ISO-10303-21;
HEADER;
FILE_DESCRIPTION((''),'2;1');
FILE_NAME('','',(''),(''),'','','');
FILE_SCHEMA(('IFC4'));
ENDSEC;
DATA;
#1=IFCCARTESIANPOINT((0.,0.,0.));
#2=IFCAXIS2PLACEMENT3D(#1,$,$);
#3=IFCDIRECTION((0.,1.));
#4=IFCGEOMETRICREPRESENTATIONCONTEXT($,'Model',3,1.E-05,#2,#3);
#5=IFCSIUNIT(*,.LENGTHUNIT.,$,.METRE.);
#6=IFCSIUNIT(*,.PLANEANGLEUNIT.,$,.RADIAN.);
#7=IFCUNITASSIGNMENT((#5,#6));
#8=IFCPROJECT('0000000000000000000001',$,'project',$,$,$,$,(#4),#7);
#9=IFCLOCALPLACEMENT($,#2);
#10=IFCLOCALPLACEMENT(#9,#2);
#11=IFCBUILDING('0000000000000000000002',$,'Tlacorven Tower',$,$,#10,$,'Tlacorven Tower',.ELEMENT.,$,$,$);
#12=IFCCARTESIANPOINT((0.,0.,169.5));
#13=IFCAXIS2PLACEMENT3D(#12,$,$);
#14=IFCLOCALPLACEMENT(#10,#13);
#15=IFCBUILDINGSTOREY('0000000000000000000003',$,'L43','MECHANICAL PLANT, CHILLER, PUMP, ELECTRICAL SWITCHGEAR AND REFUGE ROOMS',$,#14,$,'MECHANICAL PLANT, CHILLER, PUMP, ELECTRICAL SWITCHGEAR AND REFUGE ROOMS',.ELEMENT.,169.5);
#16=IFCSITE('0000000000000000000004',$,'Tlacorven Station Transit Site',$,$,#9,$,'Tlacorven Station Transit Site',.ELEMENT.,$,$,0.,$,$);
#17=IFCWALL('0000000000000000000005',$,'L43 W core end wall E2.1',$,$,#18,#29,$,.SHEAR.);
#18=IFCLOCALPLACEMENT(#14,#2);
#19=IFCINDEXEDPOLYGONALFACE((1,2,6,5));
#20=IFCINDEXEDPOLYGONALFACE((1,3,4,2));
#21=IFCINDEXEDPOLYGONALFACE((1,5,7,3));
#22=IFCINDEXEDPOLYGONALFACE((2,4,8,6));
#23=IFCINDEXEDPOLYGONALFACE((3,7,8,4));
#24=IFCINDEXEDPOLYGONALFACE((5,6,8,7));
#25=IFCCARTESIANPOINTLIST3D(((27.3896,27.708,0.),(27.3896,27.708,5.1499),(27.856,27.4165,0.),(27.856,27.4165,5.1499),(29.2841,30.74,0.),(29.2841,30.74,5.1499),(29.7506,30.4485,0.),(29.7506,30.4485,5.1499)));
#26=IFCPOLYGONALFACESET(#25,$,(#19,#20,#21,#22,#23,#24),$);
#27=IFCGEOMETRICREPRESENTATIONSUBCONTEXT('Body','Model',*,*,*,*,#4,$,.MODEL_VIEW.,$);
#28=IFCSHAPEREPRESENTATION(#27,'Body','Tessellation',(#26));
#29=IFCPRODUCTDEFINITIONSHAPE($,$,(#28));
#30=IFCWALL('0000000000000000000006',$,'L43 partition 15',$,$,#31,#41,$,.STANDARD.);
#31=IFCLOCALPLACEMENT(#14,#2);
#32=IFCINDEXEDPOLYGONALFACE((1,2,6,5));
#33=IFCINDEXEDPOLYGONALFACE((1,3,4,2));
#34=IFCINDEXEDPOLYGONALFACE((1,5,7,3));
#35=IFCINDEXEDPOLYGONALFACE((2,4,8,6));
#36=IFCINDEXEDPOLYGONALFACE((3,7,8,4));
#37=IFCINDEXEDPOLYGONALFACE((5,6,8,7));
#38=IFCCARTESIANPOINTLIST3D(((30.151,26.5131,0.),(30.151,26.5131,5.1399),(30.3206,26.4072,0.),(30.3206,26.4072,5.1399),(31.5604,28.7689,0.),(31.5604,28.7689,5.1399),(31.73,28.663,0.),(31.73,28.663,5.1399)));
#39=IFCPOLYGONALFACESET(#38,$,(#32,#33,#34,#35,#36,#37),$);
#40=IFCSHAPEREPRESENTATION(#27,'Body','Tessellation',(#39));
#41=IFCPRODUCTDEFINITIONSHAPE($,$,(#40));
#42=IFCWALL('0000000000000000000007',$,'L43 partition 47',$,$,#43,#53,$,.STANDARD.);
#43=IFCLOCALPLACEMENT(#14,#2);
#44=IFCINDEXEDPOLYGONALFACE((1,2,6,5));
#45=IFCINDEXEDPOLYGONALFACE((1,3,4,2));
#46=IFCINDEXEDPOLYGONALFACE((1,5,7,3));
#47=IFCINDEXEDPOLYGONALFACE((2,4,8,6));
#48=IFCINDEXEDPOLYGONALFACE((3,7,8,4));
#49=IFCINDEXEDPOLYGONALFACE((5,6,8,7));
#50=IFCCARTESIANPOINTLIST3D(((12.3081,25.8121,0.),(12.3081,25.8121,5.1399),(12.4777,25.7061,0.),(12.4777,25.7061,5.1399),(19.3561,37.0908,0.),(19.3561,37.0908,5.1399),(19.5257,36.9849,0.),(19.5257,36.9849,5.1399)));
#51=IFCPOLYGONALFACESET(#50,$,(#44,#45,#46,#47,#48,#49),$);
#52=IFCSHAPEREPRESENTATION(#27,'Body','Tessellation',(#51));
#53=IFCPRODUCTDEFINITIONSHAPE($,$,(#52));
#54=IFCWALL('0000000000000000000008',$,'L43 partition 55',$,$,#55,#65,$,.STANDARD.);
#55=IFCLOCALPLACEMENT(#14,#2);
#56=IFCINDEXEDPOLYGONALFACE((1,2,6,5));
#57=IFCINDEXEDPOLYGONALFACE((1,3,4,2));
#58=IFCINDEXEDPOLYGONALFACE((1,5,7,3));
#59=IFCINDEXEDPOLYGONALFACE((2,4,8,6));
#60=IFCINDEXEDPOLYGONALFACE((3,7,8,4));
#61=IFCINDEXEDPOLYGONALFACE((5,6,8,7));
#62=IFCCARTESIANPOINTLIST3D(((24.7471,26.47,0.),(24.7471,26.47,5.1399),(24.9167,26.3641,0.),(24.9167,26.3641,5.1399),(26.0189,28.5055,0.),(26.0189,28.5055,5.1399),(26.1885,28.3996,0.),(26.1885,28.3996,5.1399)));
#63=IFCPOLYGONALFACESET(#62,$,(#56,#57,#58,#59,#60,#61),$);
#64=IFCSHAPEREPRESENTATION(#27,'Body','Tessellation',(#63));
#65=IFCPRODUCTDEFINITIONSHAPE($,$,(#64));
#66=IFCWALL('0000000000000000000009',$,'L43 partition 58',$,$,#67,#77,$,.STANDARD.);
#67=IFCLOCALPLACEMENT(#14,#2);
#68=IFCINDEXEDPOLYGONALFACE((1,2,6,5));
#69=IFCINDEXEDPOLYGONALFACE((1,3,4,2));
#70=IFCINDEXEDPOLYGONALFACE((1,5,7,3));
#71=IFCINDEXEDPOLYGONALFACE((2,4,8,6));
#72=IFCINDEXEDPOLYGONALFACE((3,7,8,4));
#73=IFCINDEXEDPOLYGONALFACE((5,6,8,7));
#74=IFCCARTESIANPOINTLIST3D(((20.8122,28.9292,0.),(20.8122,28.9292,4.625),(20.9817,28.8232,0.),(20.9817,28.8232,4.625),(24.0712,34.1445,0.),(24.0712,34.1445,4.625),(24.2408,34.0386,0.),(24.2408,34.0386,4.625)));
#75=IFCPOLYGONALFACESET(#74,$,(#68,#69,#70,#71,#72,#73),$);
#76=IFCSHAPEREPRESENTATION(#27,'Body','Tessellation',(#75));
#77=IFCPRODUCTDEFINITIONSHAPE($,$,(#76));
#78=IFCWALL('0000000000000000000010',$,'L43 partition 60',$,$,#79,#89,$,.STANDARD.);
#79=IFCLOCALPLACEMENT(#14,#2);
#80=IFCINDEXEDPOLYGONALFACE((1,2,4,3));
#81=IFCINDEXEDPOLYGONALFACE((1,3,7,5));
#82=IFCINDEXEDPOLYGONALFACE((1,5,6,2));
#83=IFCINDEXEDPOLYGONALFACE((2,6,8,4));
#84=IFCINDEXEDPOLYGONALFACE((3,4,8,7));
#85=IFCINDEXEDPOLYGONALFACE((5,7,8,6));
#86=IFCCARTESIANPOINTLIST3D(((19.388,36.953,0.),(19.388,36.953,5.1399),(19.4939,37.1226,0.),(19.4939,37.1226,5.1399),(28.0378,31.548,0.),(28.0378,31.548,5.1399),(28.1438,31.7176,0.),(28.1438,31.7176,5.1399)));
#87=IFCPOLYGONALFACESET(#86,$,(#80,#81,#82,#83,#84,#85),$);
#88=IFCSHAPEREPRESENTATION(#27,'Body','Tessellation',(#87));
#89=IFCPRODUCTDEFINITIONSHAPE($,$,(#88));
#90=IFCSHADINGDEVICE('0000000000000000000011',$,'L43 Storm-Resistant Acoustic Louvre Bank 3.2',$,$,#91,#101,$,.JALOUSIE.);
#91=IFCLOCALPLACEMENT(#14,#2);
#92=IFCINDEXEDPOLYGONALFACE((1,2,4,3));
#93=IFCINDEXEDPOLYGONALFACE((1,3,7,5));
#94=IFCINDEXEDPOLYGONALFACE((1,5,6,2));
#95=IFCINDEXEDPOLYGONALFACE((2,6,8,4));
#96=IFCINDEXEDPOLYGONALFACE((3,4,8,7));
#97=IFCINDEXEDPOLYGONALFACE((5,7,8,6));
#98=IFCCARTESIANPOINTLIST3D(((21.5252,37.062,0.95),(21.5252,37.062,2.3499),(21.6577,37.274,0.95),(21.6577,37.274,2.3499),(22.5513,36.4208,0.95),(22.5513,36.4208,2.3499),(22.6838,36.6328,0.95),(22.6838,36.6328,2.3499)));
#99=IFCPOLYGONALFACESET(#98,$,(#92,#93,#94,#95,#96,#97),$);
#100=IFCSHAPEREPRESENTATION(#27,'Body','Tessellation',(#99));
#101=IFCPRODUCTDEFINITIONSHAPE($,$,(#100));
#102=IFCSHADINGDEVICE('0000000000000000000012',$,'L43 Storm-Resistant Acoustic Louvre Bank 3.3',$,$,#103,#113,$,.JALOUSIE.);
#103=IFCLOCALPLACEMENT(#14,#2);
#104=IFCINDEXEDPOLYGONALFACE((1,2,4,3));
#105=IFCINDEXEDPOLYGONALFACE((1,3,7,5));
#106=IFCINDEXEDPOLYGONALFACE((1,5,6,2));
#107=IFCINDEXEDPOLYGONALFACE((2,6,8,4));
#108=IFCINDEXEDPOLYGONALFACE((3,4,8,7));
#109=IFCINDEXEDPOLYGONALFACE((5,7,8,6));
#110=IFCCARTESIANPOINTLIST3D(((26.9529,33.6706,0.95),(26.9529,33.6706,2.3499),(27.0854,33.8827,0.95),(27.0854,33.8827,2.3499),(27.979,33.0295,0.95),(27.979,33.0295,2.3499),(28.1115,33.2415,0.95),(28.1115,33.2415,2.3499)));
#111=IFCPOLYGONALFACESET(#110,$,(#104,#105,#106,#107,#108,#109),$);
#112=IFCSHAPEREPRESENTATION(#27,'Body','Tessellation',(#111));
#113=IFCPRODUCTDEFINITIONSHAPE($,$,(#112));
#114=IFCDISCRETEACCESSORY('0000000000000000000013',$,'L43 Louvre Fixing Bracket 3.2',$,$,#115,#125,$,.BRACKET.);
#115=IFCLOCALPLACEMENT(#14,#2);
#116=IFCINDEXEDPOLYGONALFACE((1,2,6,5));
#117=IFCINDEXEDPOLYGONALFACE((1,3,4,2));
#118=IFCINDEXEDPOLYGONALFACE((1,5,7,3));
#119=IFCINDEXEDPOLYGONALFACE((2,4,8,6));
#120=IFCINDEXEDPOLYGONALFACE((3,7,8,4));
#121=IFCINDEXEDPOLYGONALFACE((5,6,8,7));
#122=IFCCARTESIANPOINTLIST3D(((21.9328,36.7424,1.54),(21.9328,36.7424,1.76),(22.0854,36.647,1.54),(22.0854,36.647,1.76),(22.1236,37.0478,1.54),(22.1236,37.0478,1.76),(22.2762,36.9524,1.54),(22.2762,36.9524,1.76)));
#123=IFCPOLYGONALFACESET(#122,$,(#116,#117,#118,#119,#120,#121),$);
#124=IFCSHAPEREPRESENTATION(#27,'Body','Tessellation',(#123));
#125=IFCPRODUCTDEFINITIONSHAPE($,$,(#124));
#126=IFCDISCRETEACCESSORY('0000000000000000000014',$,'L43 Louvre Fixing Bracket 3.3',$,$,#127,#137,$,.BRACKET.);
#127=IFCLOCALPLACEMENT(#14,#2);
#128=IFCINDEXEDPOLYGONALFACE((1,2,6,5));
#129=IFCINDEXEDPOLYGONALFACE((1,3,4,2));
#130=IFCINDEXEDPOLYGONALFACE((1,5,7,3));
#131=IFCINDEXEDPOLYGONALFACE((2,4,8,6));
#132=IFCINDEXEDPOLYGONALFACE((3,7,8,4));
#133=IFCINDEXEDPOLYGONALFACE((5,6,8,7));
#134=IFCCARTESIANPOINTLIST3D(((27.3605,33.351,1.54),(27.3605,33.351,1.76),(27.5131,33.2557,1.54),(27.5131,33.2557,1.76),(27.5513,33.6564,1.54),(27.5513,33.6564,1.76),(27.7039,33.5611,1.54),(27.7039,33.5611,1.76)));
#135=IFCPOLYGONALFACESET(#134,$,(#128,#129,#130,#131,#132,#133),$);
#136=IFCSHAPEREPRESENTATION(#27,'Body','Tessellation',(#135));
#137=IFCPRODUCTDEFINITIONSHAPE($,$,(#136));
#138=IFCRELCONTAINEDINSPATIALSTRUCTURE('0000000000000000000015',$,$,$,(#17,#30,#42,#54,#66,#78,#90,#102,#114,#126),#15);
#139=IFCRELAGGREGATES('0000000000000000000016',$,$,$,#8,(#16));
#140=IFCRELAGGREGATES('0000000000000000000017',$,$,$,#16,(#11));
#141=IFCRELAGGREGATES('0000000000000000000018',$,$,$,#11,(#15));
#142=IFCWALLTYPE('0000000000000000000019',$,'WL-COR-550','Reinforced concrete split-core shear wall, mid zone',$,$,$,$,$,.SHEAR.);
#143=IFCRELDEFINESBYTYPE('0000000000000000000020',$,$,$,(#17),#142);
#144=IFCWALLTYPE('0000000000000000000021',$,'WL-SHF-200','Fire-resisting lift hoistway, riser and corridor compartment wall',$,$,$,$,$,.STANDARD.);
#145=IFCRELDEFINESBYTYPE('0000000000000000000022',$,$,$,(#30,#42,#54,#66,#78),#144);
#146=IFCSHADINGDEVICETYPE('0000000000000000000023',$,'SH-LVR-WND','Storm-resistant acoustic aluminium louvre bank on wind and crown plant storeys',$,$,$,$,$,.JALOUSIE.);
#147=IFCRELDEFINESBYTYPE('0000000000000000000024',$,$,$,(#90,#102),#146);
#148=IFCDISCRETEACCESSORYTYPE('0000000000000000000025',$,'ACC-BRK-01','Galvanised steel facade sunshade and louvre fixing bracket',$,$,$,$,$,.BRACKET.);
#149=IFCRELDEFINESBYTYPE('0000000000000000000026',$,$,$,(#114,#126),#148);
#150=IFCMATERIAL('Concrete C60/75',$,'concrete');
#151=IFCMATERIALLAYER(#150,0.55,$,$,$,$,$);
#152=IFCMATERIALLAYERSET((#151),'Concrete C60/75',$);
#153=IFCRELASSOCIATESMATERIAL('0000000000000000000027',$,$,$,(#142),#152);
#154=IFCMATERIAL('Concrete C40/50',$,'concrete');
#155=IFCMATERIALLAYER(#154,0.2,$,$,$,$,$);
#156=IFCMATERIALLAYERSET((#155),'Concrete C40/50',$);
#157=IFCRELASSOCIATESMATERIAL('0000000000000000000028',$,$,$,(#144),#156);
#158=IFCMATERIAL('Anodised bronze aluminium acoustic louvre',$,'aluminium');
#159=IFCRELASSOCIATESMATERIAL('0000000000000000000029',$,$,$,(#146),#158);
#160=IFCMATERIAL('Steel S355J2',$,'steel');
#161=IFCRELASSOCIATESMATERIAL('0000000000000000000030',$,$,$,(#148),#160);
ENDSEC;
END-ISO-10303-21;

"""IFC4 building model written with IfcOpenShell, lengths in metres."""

from ifc_helpers import new_model, si_unit, direction, frame, frame_2d, origin, origin_2d, place, context, subcontext, project, spatial, rectangle, extrude, source, transform, mapped, material, layer, layer_set, type_object, element, save


model = new_model("IFC4")

# Units and contexts
model_context = context("Model", 3, precision=1e-05, world=origin(), true_north=direction((0.0, 1.0)))
body_context = subcontext(model_context, "Body", "Model", "MODEL_VIEW")
ifc_project = project(units=[si_unit("LENGTHUNIT", "METRE"), si_unit("PLANEANGLEUNIT", "RADIAN")], contexts=[model_context])

# Site, building, storey
site_placement = place(None, origin())
site = spatial("IfcSite", under=ifc_project, at=site_placement, Name="Tlacorven Station Transit Site", LongName="Tlacorven Station Transit Site", CompositionType="ELEMENT", RefElevation=0.0)
building_placement = place(site_placement, origin())
building = spatial("IfcBuilding", under=site, at=building_placement, Name="Tlacorven Tower", LongName="Tlacorven Tower", CompositionType="ELEMENT")
storey_placement = place(building_placement, frame((0.0, 0.0, 169.5)))
storey = spatial("IfcBuildingStorey", under=building, at=storey_placement, Name="L43", Description="MECHANICAL PLANT, CHILLER, PUMP, ELECTRICAL SWITCHGEAR AND REFUGE ROOMS", LongName="MECHANICAL PLANT, CHILLER, PUMP, ELECTRICAL SWITCHGEAR AND REFUGE ROOMS", CompositionType="ELEMENT", Elevation=169.5)

# Shared definitions
ifc_material_1 = material(Name="Steel S355J2", Category="steel")

# Walls
ifc_material_2 = material(Name="Concrete C60/75", Category="concrete")
ifc_layer_1 = layer(ifc_material_2, 0.55)
ifc_layer_set_1 = layer_set([ifc_layer_1], Name="Concrete C60/75")
wall_type_1 = type_object("IfcWallType", Name="WL-COR-550", Description="Reinforced concrete split-core shear wall, mid zone", PredefinedType="SHEAR", material=ifc_layer_set_1)
wall_1_placement = place(storey_placement, frame((29.5173, 30.5942, 0.0), z_axis=(0.0, 0.0, 1.0), x_axis=(-0.529907, -0.848056, 0.0)))
element("IfcWall", 1, at=wall_1_placement, inside=storey, type_object=wall_type_1, Name="L43 W core end wall E2.1", PredefinedType="SHEAR", context=body_context, shape_type="SweptSolid", body=[
    extrude(rectangle(XDim=3.5752, YDim=0.55, at=frame_2d((1.7876, 0.0))), origin(), (0.0, 0.0, 1.0), 5.1499),
])
ifc_material_3 = material(Name="Concrete C40/50", Category="concrete")
ifc_layer_2 = layer(ifc_material_3, 0.2)
ifc_layer_set_2 = layer_set([ifc_layer_2], Name="Concrete C40/50")
wall_type_2 = type_object("IfcWallType", Name="WL-SHF-200", Description="Fire-resisting lift hoistway, riser and corridor compartment wall", PredefinedType="STANDARD", material=ifc_layer_set_2)
wall_2_placement = place(storey_placement, frame((31.6453, 28.7161, 0.0), z_axis=(0.0, 0.0, 1.0), x_axis=(-0.529867, -0.848081, 0.0)))
element("IfcWall", 2, at=wall_2_placement, inside=storey, type_object=wall_type_2, Name="L43 partition 15", PredefinedType="STANDARD", context=body_context, shape_type="SweptSolid", body=[
    extrude(rectangle(XDim=2.6599, YDim=0.2, at=frame_2d((1.3301, 0.0))), origin(), (0.0, 0.0, 1.0), 5.1399),
])
wall_3_placement = place(storey_placement, frame((19.4409, 37.0378, 0.0), z_axis=(0.0, 0.0, 1.0), x_axis=(-0.529936, -0.848037, 0.0)))
element("IfcWall", 3, at=wall_3_placement, inside=storey, type_object=wall_type_2, Name="L43 partition 47", PredefinedType="STANDARD", context=body_context, shape_type="SweptSolid", body=[
    extrude(rectangle(XDim=13.2998, YDim=0.2, at=frame_2d((6.6499, 0.0))), origin(), (0.0, 0.0, 1.0), 5.1399),
])
wall_4_placement = place(storey_placement, frame((26.1038, 28.4526, 0.0), z_axis=(0.0, 0.0, 1.0), x_axis=(-0.52988, -0.848073, 0.0)))
element("IfcWall", 4, at=wall_4_placement, inside=storey, type_object=wall_type_2, Name="L43 partition 55", PredefinedType="STANDARD", context=body_context, shape_type="SweptSolid", body=[
    extrude(rectangle(XDim=2.4001, YDim=0.2, at=frame_2d((1.2002, 0.0))), origin(), (0.0, 0.0, 1.0), 5.1399),
])
wall_5_placement = place(storey_placement, frame((24.156, 34.0916, 0.0), z_axis=(0.0, 0.0, 1.0), x_axis=(-0.529935, -0.848038, 0.0)))
element("IfcWall", 5, at=wall_5_placement, inside=storey, type_object=wall_type_2, Name="L43 partition 58", PredefinedType="STANDARD", context=body_context, shape_type="SweptSolid", body=[
    extrude(rectangle(XDim=6.1499, YDim=0.2, at=frame_2d((3.075, 0.0))), origin(), (0.0, 0.0, 1.0), 4.625),
])
wall_6_placement = place(storey_placement, frame((28.0908, 31.6328, 0.0), z_axis=(0.0, 0.0, 1.0), x_axis=(-0.848049, 0.529917, 0.0)))
element("IfcWall", 6, at=wall_6_placement, inside=storey, type_object=wall_type_2, Name="L43 partition 60", PredefinedType="STANDARD", context=body_context, shape_type="SweptSolid", body=[
    extrude(rectangle(XDim=10.1997, YDim=0.2, at=frame_2d((5.0999, 0.0))), origin(), (0.0, 0.0, 1.0), 5.1399),
])

# Shading devices
ifc_material_4 = material(Name="Anodised bronze aluminium acoustic louvre", Category="aluminium")
shading_device_type = type_object("IfcShadingDeviceType", Name="SH-LVR-WND", Description="Storm-resistant acoustic aluminium louvre bank on wind and crown plant storeys", PredefinedType="JALOUSIE", material=ifc_material_4)
shared_shape_1 = source(origin(), body_context, "Body", "SweptSolid", [
    extrude(rectangle(XDim=1.21, YDim=0.25, at=origin_2d()), origin(), (0.0, 0.0, 1.0), 1.3999),
])
for number, where, z_axis, x_axis, name in (
    (7, (22.1045, 36.8474, 0.95), (0.0, 0.0, 1.0), (0.848048, -0.529919, 0.0), "L43 Storm-Resistant Acoustic Louvre Bank 3.2"),
    (8, (27.5322, 33.4561, 0.95), (0.0, 0.0, 1.0), (0.848048, -0.529919, 0.0), "L43 Storm-Resistant Acoustic Louvre Bank 3.3"),
):
    element("IfcShadingDevice", number, at=place(storey_placement, frame(where, z_axis=z_axis, x_axis=x_axis)), inside=storey, type_object=shading_device_type, Name=name, PredefinedType="JALOUSIE", context=body_context, shape_type="MappedRepresentation", body=[
        mapped(shared_shape_1, transform((0.0, 0.0, 0.0), scale=1.0)),
    ])

# Discrete accessories
discrete_accessory_type = type_object("IfcDiscreteAccessoryType", Name="ACC-BRK-01", Description="Galvanised steel facade sunshade and louvre fixing bracket", PredefinedType="BRACKET", material=ifc_material_1)
shared_shape_2 = source(origin(), body_context, "Body", "SweptSolid", [
    extrude(rectangle(XDim=0.1799, YDim=0.3601, at=origin_2d()), origin(), (0.0, 0.0, 1.0), 0.22),
])
for number, where, z_axis, x_axis, name in (
    (9, (22.1045, 36.8474, 1.54), (0.0, 0.0, 1.0), (0.848048, -0.529919, 0.0), "L43 Louvre Fixing Bracket 3.2"),
    (10, (27.5322, 33.4561, 1.54), (0.0, 0.0, 1.0), (0.848048, -0.529919, 0.0), "L43 Louvre Fixing Bracket 3.3"),
):
    element("IfcDiscreteAccessory", number, at=place(storey_placement, frame(where, z_axis=z_axis, x_axis=x_axis)), inside=storey, type_object=discrete_accessory_type, Name=name, PredefinedType="BRACKET", context=body_context, shape_type="MappedRepresentation", body=[
        mapped(shared_shape_2, transform((0.0, 0.0, 0.0), scale=1.0)),
    ])

save(model, "model.ifc")
